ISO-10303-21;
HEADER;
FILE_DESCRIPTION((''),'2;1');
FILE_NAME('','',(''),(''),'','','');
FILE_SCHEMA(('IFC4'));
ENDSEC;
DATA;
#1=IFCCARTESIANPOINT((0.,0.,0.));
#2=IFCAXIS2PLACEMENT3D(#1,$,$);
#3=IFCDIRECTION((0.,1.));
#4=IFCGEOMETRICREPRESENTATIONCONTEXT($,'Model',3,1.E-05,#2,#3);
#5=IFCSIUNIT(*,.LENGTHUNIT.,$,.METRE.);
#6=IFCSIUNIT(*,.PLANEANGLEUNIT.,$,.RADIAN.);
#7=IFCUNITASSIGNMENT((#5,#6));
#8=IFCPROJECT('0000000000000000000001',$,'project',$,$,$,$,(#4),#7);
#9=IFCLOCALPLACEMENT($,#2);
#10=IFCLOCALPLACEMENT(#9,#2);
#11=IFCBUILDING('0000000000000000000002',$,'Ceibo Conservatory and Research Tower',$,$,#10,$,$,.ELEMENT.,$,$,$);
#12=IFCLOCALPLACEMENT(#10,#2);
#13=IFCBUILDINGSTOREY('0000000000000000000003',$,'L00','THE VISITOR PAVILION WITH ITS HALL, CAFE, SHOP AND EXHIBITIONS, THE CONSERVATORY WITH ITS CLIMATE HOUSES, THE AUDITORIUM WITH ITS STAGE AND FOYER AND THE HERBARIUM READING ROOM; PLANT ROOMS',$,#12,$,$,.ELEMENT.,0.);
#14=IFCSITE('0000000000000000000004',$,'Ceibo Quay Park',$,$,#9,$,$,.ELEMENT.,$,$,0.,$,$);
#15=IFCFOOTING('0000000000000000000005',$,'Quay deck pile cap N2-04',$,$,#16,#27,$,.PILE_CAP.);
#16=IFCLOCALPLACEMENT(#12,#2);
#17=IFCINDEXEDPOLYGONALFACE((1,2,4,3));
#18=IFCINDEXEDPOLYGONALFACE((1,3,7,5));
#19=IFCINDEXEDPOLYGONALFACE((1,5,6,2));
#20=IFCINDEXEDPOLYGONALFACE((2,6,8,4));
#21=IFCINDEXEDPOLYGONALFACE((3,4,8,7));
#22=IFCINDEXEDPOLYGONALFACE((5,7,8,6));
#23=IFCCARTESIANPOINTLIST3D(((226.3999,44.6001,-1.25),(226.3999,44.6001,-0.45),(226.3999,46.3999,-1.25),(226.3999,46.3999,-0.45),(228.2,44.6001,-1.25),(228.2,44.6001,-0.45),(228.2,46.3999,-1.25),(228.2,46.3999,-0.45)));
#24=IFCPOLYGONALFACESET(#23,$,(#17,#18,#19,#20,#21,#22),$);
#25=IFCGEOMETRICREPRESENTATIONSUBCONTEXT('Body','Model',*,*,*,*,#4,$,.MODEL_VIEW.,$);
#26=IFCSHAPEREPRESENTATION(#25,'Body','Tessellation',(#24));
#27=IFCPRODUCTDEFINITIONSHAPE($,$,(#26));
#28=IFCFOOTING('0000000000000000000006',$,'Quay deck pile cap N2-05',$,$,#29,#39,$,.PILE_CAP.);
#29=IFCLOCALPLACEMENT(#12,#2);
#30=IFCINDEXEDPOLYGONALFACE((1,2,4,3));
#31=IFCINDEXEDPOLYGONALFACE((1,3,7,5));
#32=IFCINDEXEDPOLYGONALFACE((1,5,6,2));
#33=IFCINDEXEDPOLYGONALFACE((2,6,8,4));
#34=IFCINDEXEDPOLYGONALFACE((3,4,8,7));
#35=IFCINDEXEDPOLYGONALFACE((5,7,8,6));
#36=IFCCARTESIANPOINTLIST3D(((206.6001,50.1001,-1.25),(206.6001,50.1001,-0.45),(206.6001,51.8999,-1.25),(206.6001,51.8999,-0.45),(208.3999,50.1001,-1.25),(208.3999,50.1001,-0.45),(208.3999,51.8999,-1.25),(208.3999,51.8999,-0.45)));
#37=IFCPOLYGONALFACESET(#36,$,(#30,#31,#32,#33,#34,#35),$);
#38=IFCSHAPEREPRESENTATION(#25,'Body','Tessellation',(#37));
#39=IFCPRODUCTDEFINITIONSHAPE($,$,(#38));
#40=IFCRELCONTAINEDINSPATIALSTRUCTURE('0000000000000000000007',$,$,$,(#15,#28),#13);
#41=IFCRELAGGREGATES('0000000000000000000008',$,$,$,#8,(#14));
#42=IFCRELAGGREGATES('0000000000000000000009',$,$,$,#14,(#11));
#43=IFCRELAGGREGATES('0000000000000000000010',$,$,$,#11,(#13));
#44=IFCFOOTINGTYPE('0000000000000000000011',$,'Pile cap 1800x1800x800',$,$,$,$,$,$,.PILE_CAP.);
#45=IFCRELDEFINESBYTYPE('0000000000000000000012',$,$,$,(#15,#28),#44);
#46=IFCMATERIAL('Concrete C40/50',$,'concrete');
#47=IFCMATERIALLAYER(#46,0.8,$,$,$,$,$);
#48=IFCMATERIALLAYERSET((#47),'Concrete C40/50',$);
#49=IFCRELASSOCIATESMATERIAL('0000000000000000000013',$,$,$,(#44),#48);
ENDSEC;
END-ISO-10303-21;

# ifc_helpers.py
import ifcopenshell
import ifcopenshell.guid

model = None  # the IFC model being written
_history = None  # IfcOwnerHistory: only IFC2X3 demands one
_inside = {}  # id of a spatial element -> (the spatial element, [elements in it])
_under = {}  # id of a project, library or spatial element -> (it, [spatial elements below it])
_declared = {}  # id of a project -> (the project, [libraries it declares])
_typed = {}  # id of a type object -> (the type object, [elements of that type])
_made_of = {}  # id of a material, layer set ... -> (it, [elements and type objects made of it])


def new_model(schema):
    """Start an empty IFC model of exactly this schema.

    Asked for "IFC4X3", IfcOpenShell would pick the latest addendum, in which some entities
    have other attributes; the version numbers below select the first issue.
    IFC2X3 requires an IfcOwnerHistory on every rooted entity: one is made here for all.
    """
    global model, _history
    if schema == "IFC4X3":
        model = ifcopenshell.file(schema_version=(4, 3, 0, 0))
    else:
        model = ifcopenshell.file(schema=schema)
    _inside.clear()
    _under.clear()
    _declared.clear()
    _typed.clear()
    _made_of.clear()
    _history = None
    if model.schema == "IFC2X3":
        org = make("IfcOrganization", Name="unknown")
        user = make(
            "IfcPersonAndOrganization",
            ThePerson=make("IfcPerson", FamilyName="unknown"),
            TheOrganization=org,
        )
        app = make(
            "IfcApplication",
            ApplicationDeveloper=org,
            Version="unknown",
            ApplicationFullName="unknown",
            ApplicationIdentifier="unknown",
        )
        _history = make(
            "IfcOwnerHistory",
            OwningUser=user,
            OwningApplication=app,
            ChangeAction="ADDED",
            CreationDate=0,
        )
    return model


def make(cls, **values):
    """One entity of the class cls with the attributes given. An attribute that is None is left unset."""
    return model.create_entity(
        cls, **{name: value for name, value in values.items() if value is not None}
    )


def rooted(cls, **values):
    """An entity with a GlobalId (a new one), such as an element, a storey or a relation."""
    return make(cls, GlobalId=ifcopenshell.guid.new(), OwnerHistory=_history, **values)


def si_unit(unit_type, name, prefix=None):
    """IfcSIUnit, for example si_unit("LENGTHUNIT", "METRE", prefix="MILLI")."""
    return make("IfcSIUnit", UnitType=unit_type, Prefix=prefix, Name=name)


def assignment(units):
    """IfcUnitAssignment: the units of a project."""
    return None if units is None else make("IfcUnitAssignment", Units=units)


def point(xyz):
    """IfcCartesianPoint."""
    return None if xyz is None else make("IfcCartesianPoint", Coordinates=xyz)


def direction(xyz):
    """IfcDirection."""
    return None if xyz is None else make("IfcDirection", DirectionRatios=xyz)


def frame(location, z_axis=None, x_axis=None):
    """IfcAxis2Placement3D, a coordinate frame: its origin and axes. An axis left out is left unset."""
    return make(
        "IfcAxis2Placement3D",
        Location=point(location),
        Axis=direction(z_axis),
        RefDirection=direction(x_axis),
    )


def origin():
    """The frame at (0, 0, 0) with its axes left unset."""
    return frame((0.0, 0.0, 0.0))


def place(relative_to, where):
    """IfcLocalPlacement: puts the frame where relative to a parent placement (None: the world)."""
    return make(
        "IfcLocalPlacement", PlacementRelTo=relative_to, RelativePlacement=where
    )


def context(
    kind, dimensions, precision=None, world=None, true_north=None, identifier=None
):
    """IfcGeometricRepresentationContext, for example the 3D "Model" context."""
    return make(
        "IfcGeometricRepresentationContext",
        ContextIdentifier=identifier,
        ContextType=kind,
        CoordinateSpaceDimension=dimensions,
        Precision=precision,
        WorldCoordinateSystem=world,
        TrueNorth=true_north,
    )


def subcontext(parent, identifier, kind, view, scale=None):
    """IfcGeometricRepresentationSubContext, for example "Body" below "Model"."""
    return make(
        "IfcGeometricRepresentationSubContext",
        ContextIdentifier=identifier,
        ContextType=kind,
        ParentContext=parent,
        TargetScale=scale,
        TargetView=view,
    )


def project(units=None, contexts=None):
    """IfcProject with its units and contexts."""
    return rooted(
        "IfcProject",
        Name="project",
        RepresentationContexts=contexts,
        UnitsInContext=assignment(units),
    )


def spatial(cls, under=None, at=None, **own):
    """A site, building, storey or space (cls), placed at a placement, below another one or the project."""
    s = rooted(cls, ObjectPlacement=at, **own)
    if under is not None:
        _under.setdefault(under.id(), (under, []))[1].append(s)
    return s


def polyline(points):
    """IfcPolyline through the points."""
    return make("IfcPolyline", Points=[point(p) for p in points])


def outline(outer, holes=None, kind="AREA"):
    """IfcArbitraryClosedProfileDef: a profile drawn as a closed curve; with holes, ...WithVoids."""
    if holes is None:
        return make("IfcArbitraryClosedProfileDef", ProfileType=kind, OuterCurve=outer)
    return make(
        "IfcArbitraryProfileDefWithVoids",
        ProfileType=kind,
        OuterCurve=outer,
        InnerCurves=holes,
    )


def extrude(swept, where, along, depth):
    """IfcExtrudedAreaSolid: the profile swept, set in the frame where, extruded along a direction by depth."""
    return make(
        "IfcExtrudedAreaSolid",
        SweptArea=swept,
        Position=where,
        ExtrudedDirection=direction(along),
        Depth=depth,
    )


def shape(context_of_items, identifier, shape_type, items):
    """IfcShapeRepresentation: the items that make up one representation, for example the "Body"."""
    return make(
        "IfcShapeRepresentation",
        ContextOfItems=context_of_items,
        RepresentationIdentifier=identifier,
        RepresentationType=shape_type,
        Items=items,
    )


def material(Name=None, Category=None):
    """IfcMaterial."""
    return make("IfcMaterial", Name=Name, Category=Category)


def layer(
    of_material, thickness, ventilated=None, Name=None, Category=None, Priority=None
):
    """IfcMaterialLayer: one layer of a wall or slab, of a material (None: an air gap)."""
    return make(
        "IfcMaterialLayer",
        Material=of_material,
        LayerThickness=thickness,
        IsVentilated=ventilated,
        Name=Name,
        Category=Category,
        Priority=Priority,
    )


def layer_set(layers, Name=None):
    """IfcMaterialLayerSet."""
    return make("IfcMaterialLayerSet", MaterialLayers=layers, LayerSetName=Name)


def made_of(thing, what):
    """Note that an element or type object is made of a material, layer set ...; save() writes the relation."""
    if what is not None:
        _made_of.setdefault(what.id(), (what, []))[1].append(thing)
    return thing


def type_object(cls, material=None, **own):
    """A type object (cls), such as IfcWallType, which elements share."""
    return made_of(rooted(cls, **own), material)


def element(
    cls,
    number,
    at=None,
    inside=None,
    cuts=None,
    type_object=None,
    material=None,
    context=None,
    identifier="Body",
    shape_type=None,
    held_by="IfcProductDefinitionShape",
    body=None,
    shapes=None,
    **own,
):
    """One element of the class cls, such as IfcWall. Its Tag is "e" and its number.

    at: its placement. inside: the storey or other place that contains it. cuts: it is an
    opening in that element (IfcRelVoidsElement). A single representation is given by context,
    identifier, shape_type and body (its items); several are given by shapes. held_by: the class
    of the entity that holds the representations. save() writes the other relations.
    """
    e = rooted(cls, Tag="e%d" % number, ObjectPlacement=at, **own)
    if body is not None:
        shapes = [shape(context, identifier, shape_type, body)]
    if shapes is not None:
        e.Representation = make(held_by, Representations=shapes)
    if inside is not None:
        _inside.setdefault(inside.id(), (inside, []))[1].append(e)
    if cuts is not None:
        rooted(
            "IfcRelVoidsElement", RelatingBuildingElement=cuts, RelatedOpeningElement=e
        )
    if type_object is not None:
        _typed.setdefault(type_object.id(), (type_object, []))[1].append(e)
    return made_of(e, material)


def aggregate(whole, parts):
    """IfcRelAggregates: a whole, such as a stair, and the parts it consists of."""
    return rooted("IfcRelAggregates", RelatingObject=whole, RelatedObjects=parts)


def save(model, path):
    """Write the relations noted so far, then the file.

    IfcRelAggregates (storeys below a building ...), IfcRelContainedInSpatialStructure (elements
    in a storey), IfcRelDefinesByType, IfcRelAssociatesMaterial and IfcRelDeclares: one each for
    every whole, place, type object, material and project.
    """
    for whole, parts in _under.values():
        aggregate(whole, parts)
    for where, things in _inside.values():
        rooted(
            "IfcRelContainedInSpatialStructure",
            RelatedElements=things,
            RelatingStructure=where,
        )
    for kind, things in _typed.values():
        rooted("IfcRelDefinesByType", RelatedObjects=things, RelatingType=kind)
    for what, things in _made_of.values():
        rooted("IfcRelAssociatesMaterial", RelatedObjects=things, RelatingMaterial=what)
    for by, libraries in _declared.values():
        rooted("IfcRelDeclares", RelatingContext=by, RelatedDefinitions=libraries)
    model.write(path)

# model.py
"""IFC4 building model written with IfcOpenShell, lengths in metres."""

from ifc_helpers import new_model, si_unit, direction, frame, origin, place, context, subcontext, project, spatial, polyline, outline, extrude, material, layer, layer_set, type_object, element, save


model = new_model("IFC4")

# Units and contexts
model_context = context("Model", 3, precision=1e-05, world=origin(), true_north=direction((0.0, 1.0)))
body_context = subcontext(model_context, "Body", "Model", "MODEL_VIEW")
ifc_project = project(units=[si_unit("LENGTHUNIT", "METRE"), si_unit("PLANEANGLEUNIT", "RADIAN")], contexts=[model_context])

# Site, building, storey
site_placement = place(None, origin())
site = spatial("IfcSite", under=ifc_project, at=site_placement, Name="Ceibo Quay Park", CompositionType="ELEMENT", RefElevation=0.0)
building_placement = place(site_placement, origin())
building = spatial("IfcBuilding", under=site, at=building_placement, Name="Ceibo Conservatory and Research Tower", CompositionType="ELEMENT")
storey_placement = place(building_placement, origin())
storey = spatial("IfcBuildingStorey", under=building, at=storey_placement, Name="L00", Description="THE VISITOR PAVILION WITH ITS HALL, CAFE, SHOP AND EXHIBITIONS, THE CONSERVATORY WITH ITS CLIMATE HOUSES, THE AUDITORIUM WITH ITS STAGE AND FOYER AND THE HERBARIUM READING ROOM; PLANT ROOMS", CompositionType="ELEMENT", Elevation=0.0)

# Footings
ifc_material = material(Name="Concrete C40/50", Category="concrete")
ifc_layer_1 = layer(ifc_material, 0.8)
ifc_layer_set_1 = layer_set([ifc_layer_1], Name="Concrete C40/50")
footing_type_1 = type_object("IfcFootingType", Name="Pile cap 1800x1800x800", PredefinedType="PILE_CAP", material=ifc_layer_set_1)
footing_1_placement = place(storey_placement, frame((0.0, 0.0, -1.25)))
element("IfcFooting", 1, at=footing_1_placement, inside=storey, type_object=footing_type_1, Name="Quay deck pile cap N2-04", PredefinedType="PILE_CAP", context=body_context, shape_type="SweptSolid", body=[
    extrude(outline(polyline([(226.3999, 44.6001), (228.2, 44.6001), (228.2, 46.3999), (226.3999, 46.3999), (226.3999, 44.6001)])), origin(), (0.0, 0.0, 1.0), 0.8),
])
footing_2_placement = place(storey_placement, frame((0.0, 0.0, -1.25)))
element("IfcFooting", 2, at=footing_2_placement, inside=storey, type_object=footing_type_1, Name="Quay deck pile cap N2-05", PredefinedType="PILE_CAP", context=body_context, shape_type="SweptSolid", body=[
    extrude(outline(polyline([(206.6001, 50.1001), (208.3999, 50.1001), (208.3999, 51.8999), (206.6001, 51.8999), (206.6001, 50.1001)])), origin(), (0.0, 0.0, 1.0), 0.8),
])

save(model, "model.ifc")
